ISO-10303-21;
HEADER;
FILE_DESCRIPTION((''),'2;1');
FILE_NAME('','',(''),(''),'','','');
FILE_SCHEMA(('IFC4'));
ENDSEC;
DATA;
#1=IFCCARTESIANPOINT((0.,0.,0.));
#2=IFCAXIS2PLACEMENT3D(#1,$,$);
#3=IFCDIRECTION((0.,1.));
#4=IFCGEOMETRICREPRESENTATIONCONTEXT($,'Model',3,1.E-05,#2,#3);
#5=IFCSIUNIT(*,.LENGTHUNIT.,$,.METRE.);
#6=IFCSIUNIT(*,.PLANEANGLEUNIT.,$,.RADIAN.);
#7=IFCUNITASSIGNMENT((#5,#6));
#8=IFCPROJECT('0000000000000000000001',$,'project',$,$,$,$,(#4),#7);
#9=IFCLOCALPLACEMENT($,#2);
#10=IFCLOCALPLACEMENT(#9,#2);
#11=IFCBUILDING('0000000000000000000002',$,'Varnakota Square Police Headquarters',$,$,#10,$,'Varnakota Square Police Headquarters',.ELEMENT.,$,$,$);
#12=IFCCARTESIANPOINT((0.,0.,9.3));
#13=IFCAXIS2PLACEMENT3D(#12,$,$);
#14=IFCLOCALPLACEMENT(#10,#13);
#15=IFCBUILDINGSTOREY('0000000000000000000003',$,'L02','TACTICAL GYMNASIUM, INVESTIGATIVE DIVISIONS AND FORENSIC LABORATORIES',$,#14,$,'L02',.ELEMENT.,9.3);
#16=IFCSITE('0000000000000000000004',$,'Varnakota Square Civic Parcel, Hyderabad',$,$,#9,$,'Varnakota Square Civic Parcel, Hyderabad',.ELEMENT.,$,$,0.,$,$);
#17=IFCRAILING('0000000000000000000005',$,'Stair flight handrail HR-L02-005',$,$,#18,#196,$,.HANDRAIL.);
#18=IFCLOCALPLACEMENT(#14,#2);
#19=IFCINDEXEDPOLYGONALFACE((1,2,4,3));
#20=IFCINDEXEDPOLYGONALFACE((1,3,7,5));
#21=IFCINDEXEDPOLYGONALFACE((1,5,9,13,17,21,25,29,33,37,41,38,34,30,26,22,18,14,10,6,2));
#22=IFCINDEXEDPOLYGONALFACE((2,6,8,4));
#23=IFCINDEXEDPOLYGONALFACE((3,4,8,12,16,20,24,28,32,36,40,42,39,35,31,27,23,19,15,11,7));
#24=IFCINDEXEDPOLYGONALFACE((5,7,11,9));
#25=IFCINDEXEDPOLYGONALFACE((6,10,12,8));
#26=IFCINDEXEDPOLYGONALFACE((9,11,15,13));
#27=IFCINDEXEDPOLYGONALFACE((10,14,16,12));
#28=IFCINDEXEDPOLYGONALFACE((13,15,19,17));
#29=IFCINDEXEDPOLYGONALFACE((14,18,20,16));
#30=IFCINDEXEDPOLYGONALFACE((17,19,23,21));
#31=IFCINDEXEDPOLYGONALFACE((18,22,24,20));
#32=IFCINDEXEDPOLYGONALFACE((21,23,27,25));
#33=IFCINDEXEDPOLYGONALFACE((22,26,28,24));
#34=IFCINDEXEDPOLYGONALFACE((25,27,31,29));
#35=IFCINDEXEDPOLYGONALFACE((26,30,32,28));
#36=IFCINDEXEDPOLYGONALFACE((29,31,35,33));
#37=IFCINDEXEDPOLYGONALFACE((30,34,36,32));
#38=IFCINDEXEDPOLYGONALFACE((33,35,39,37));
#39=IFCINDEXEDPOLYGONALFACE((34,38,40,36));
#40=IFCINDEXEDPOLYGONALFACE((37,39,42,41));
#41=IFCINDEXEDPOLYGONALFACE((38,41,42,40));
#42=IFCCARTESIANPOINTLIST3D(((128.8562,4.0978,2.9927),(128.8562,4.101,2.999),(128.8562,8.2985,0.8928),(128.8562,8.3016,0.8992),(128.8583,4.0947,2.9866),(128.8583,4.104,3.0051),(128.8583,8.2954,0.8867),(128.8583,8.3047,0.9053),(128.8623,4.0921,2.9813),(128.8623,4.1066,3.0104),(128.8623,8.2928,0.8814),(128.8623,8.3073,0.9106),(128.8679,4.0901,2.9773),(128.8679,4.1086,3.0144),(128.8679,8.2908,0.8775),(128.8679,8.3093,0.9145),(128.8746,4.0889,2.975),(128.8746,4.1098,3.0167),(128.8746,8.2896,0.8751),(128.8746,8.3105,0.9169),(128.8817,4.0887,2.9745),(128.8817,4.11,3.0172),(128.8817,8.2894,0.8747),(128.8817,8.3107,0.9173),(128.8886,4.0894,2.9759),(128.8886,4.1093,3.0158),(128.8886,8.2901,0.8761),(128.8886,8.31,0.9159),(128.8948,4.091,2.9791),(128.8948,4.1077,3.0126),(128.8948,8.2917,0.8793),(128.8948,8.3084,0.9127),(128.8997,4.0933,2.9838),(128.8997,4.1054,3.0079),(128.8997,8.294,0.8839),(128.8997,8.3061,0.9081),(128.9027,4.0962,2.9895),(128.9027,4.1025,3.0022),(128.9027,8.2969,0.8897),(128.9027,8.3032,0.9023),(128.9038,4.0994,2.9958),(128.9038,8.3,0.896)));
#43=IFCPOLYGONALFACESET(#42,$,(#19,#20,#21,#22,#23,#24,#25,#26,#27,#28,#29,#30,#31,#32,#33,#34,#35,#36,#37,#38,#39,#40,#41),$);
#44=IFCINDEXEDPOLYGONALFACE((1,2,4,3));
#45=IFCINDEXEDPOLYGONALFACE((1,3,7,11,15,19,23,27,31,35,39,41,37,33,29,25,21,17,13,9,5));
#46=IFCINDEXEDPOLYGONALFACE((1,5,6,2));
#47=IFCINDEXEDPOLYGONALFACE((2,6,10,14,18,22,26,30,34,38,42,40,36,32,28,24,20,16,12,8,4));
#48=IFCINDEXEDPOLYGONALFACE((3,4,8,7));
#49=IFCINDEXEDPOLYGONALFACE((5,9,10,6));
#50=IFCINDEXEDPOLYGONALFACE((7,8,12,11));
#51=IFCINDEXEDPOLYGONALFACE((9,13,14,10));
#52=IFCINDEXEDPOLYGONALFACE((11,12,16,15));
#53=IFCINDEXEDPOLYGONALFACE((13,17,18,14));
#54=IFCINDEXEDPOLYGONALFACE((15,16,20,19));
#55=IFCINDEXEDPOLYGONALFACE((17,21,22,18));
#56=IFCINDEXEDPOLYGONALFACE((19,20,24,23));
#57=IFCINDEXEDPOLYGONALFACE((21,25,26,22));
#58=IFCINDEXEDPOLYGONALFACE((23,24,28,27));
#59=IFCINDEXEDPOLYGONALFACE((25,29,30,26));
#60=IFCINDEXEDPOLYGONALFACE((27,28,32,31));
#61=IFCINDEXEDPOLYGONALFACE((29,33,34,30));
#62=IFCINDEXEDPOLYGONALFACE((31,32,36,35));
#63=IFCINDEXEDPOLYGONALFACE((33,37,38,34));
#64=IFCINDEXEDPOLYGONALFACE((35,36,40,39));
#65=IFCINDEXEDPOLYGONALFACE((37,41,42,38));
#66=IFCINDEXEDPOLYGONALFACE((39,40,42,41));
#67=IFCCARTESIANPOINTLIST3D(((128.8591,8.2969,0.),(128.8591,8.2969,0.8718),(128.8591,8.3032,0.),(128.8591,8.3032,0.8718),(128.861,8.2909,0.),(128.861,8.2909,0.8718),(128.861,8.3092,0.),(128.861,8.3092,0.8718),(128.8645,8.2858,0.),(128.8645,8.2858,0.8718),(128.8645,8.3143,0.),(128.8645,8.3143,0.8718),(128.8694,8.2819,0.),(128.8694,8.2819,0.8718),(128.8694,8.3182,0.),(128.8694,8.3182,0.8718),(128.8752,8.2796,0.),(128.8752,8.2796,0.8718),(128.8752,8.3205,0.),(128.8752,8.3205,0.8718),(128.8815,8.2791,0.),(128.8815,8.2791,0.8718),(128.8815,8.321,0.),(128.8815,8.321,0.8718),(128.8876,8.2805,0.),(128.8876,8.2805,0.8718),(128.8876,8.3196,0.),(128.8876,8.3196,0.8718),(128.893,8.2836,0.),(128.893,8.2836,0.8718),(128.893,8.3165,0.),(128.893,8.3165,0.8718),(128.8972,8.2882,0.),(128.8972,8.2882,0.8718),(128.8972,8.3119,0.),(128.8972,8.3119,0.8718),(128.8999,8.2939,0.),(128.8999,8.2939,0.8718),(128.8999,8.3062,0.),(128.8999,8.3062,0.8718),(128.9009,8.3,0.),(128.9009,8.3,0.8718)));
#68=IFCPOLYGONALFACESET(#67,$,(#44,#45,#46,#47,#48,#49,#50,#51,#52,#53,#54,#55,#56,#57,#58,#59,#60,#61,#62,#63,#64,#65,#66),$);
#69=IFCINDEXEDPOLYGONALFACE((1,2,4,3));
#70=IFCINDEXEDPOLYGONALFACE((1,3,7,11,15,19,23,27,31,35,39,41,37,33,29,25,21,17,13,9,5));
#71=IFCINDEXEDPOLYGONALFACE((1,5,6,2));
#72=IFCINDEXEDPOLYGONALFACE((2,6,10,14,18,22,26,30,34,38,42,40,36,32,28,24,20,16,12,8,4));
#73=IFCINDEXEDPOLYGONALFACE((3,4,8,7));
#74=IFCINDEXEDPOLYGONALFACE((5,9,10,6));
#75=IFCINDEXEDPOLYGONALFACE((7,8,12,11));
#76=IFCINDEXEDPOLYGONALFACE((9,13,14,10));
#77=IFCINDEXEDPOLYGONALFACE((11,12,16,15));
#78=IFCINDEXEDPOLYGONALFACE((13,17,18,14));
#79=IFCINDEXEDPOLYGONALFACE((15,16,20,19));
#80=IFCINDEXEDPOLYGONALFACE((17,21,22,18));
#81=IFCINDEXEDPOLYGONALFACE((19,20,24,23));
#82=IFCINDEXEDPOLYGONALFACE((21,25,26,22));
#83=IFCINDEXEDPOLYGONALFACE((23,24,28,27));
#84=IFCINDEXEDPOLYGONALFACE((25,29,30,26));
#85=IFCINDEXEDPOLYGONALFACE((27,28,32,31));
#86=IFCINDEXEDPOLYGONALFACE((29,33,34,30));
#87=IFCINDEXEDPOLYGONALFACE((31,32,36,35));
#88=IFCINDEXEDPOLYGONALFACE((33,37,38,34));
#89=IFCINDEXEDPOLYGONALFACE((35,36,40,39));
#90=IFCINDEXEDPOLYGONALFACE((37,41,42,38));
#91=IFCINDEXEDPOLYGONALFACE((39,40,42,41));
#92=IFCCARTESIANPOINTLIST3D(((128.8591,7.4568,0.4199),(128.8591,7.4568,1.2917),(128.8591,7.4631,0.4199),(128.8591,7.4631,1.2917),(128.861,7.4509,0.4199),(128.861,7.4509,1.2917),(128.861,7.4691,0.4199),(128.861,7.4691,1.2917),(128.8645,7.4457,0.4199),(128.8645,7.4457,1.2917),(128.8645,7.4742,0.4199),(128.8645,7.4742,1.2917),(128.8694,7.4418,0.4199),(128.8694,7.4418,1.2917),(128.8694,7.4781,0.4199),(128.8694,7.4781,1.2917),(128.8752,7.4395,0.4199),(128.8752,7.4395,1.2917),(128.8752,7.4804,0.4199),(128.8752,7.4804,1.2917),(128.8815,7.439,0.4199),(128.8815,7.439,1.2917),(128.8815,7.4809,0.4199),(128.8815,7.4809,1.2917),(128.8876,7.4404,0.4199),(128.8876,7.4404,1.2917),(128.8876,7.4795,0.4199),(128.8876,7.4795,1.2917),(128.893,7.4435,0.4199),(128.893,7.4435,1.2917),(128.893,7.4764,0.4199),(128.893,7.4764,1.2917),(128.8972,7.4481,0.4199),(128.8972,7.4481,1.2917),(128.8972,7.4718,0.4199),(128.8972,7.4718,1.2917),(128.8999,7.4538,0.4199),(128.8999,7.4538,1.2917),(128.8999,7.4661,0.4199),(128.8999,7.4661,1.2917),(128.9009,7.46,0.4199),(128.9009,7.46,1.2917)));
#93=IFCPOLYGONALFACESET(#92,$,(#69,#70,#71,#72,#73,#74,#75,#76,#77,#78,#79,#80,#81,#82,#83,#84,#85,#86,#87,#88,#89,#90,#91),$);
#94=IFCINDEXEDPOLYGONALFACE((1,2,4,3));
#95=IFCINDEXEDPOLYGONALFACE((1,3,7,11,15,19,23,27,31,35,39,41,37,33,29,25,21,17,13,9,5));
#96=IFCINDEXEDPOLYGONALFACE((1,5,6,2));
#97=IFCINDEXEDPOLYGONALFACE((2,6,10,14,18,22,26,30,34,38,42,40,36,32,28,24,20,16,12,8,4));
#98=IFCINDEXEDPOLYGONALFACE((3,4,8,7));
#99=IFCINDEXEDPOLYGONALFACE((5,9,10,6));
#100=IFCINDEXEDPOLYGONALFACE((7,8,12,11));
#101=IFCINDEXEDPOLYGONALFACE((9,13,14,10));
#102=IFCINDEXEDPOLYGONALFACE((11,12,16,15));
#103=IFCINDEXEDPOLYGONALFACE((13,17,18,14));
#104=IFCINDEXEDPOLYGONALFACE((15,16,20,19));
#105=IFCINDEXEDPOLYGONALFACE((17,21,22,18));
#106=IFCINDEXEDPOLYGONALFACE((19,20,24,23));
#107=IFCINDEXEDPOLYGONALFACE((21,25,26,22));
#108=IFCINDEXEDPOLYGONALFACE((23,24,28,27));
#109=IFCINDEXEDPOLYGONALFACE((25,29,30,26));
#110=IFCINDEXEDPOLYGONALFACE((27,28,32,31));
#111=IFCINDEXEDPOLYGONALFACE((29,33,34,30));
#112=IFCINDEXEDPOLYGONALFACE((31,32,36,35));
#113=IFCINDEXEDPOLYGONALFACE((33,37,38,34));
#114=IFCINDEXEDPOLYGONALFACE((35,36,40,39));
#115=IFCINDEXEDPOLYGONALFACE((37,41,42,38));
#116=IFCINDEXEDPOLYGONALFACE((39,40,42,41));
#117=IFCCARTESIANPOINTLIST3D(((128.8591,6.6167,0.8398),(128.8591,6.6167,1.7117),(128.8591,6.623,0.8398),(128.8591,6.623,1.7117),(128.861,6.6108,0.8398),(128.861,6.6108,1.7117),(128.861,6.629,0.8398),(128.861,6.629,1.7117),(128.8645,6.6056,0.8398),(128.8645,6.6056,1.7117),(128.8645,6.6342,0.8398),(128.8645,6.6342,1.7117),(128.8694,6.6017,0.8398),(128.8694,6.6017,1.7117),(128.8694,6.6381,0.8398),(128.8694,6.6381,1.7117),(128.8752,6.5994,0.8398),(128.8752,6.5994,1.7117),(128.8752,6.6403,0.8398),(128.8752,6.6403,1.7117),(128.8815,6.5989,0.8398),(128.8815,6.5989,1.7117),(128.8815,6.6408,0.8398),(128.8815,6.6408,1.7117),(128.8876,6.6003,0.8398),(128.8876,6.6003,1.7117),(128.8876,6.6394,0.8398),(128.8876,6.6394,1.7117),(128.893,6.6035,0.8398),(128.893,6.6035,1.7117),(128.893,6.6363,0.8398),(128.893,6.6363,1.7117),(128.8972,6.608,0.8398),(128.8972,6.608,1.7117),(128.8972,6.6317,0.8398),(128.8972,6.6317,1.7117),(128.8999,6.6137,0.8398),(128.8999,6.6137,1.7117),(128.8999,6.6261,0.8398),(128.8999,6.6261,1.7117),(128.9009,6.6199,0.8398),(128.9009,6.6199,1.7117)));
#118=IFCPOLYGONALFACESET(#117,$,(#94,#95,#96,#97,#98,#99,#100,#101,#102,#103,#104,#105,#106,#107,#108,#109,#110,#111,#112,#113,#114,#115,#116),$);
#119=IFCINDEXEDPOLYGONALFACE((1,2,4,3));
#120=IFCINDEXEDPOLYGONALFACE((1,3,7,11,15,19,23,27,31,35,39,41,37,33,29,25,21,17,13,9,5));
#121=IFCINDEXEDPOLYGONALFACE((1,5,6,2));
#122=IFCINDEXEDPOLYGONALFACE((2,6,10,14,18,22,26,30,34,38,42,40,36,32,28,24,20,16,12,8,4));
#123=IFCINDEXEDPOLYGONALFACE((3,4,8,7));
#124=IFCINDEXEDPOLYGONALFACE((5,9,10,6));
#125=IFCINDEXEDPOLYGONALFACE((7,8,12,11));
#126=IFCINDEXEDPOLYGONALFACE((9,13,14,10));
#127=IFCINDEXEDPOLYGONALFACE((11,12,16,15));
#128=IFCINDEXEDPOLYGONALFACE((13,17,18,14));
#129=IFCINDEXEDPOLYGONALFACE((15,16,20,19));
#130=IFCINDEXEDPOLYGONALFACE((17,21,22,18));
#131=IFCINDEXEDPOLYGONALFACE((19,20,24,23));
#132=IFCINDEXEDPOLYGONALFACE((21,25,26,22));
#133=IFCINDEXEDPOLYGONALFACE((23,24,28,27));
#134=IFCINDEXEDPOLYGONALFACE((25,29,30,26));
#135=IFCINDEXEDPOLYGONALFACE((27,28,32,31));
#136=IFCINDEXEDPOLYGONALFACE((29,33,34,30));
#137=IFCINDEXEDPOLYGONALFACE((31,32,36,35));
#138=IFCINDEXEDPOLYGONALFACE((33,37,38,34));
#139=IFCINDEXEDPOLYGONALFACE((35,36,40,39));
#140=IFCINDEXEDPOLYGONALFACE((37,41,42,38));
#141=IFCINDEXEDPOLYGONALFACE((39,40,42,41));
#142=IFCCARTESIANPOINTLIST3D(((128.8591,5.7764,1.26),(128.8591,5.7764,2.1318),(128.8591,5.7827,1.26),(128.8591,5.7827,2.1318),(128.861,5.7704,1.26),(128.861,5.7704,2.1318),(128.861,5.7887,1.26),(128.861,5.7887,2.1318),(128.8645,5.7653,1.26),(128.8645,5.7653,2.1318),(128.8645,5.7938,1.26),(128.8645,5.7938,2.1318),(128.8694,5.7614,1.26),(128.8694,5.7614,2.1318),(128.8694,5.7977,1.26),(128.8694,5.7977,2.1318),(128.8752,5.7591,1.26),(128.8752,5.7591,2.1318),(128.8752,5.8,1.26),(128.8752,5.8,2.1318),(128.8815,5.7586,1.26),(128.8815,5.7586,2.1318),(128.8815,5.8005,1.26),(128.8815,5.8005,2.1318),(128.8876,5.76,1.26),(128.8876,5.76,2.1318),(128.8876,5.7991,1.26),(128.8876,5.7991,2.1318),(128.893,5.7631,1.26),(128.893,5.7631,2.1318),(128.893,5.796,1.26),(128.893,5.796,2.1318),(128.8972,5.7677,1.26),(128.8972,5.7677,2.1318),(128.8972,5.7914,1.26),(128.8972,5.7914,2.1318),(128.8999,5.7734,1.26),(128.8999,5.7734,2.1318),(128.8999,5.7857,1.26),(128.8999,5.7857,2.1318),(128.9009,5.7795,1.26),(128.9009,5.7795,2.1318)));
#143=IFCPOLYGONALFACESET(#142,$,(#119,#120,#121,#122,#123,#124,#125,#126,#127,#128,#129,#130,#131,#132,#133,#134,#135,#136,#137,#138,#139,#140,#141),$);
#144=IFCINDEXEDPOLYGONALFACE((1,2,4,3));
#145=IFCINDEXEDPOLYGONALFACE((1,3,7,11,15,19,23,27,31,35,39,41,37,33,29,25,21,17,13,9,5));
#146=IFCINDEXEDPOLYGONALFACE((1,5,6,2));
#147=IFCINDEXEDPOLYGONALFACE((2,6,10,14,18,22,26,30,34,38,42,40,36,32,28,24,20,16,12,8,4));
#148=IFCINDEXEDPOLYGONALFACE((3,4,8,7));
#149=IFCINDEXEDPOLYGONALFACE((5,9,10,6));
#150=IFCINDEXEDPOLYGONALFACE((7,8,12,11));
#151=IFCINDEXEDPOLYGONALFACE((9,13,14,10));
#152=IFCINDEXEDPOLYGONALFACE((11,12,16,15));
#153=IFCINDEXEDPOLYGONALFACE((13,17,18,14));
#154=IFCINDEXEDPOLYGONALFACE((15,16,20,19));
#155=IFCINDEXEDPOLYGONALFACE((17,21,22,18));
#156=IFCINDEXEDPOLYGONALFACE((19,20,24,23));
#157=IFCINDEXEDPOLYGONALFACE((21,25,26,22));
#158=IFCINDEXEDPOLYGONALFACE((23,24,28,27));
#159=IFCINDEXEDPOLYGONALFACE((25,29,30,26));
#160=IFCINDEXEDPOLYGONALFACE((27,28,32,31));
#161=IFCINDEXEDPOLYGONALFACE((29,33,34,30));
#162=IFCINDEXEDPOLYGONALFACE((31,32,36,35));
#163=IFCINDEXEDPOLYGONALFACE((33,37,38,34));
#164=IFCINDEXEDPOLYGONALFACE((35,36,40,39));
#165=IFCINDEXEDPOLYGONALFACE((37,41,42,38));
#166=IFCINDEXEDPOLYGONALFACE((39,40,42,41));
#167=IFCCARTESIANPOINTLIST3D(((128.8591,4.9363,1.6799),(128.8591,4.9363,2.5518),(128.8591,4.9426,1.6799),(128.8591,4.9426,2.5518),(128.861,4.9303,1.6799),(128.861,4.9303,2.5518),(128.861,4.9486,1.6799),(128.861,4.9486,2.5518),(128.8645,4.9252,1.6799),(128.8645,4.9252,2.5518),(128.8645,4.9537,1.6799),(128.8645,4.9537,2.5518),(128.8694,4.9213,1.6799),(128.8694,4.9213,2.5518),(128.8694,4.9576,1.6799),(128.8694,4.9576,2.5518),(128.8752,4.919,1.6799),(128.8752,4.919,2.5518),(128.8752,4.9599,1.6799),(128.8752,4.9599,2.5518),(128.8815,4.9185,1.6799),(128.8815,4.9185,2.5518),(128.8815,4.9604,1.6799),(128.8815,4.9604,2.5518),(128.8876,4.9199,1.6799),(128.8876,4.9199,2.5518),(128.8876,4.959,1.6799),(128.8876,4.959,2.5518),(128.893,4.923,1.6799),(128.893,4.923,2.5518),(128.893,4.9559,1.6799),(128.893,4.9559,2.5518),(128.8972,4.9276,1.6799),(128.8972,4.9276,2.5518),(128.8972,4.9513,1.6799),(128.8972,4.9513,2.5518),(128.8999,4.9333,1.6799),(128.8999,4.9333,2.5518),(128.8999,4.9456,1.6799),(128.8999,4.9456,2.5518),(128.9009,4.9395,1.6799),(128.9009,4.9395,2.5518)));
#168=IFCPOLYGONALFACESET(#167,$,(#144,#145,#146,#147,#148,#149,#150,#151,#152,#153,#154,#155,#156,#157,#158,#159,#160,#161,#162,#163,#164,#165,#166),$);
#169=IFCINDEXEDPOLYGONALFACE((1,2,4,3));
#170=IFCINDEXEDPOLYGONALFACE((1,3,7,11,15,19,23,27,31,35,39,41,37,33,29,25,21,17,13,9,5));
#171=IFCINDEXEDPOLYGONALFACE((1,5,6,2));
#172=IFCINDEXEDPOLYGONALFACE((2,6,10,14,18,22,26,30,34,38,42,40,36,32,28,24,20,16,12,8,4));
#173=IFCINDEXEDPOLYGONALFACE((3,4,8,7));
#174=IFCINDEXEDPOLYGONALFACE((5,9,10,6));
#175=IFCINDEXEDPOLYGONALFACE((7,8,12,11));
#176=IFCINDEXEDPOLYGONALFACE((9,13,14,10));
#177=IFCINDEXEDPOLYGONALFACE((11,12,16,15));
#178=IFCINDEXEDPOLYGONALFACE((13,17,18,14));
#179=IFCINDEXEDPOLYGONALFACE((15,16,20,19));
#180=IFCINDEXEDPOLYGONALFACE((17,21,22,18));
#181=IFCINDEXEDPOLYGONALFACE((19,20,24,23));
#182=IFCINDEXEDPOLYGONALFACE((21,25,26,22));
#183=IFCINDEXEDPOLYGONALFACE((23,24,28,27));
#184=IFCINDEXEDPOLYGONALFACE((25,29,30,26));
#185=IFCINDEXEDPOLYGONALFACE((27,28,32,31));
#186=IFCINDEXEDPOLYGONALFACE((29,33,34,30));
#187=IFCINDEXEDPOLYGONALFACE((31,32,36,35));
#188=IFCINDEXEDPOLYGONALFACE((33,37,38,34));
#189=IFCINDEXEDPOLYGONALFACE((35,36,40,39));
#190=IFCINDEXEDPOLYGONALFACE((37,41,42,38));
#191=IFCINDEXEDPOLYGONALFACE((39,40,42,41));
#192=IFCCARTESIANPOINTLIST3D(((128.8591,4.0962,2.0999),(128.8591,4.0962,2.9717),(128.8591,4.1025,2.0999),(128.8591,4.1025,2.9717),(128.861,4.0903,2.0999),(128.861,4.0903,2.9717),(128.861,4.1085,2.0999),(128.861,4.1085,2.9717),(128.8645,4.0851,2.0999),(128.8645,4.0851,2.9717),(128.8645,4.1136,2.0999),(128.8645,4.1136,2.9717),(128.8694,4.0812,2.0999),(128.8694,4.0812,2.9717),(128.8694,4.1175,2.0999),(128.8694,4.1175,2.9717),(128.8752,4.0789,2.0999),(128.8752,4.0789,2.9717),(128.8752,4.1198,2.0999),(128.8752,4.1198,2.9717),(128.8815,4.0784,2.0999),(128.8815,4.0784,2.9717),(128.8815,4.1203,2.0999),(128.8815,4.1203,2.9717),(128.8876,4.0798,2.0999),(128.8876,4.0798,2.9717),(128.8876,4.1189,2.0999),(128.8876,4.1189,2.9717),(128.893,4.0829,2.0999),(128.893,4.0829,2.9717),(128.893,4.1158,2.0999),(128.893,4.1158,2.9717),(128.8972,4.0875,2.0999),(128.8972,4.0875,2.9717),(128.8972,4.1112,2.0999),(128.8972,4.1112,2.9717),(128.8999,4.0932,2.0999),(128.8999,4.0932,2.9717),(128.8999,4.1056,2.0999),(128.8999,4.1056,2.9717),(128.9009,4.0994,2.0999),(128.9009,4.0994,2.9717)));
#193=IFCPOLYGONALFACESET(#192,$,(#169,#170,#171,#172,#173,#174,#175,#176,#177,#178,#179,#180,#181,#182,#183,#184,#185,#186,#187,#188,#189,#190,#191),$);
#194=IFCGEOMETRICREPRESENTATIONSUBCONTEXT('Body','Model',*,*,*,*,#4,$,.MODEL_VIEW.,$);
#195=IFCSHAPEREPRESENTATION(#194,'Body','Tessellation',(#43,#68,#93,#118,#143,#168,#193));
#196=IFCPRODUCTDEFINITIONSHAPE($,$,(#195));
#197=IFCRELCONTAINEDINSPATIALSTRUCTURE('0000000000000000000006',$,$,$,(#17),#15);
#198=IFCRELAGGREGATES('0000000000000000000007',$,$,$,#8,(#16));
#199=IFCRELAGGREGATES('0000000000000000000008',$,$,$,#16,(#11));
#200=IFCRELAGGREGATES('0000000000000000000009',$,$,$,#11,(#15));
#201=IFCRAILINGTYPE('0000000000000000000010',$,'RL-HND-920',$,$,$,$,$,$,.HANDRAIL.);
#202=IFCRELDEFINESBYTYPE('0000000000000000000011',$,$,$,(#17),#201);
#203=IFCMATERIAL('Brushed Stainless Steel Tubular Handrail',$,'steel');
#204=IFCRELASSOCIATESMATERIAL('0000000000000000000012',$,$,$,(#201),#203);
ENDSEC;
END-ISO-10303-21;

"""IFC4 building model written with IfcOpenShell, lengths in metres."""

from ifc_helpers import new_model, si_unit, direction, frame, origin, origin_2d, place, context, subcontext, project, spatial, circle, extrude, material, type_object, element, save


model = new_model("IFC4")

# Units and contexts
model_context = context("Model", 3, precision=1e-05, world=origin(), true_north=direction((0.0, 1.0)))
body_context = subcontext(model_context, "Body", "Model", "MODEL_VIEW")
ifc_project = project(units=[si_unit("LENGTHUNIT", "METRE"), si_unit("PLANEANGLEUNIT", "RADIAN")], contexts=[model_context])

# Site, building, storey
site_placement = place(None, origin())
site = spatial("IfcSite", under=ifc_project, at=site_placement, Name="Varnakota Square Civic Parcel, Hyderabad", LongName="Varnakota Square Civic Parcel, Hyderabad", CompositionType="ELEMENT", RefElevation=0.0)
building_placement = place(site_placement, origin())
building = spatial("IfcBuilding", under=site, at=building_placement, Name="Varnakota Square Police Headquarters", LongName="Varnakota Square Police Headquarters", CompositionType="ELEMENT")
storey_placement = place(building_placement, frame((0.0, 0.0, 9.3)))
storey = spatial("IfcBuildingStorey", under=building, at=storey_placement, Name="L02", Description="TACTICAL GYMNASIUM, INVESTIGATIVE DIVISIONS AND FORENSIC LABORATORIES", LongName="L02", CompositionType="ELEMENT", Elevation=9.3)

# Railing
ifc_material_1 = material(Name="Brushed Stainless Steel Tubular Handrail", Category="steel")
railing_type_1 = type_object("IfcRailingType", Name="RL-HND-920", PredefinedType="HANDRAIL", material=ifc_material_1)
railing_1_placement = place(storey_placement, frame((128.8799, 8.3, 0.0)))
element("IfcRailing", 1, at=railing_1_placement, inside=storey, type_object=railing_type_1, Name="Stair flight handrail HR-L02-005", PredefinedType="HANDRAIL", context=body_context, shape_type="SweptSolid", body=[
    extrude(circle(Radius=0.0239, at=origin_2d()), frame((0.0, 0.0, 0.896), z_axis=(0.0, -0.894469, 0.44713), x_axis=(1.0, 0.0, 0.0)), (0.0, 0.0, 1.0), 4.6963),
    extrude(circle(Radius=0.021, at=origin_2d()), origin(), (0.0, 0.0, 1.0), 0.8718),
    extrude(circle(Radius=0.021, at=origin_2d()), frame((0.0, -0.8401, 0.4199)), (0.0, 0.0, 1.0), 0.8718),
    extrude(circle(Radius=0.021, at=origin_2d()), frame((0.0, -1.6802, 0.8398)), (0.0, 0.0, 1.0), 0.8718),
    extrude(circle(Radius=0.021, at=origin_2d()), frame((0.0, -2.5205, 1.26)), (0.0, 0.0, 1.0), 0.8718),
    extrude(circle(Radius=0.021, at=origin_2d()), frame((0.0, -3.3606, 1.6799)), (0.0, 0.0, 1.0), 0.8718),
    extrude(circle(Radius=0.021, at=origin_2d()), frame((0.0, -4.2007, 2.0999)), (0.0, 0.0, 1.0), 0.8718),
])

save(model, "model.ifc")
